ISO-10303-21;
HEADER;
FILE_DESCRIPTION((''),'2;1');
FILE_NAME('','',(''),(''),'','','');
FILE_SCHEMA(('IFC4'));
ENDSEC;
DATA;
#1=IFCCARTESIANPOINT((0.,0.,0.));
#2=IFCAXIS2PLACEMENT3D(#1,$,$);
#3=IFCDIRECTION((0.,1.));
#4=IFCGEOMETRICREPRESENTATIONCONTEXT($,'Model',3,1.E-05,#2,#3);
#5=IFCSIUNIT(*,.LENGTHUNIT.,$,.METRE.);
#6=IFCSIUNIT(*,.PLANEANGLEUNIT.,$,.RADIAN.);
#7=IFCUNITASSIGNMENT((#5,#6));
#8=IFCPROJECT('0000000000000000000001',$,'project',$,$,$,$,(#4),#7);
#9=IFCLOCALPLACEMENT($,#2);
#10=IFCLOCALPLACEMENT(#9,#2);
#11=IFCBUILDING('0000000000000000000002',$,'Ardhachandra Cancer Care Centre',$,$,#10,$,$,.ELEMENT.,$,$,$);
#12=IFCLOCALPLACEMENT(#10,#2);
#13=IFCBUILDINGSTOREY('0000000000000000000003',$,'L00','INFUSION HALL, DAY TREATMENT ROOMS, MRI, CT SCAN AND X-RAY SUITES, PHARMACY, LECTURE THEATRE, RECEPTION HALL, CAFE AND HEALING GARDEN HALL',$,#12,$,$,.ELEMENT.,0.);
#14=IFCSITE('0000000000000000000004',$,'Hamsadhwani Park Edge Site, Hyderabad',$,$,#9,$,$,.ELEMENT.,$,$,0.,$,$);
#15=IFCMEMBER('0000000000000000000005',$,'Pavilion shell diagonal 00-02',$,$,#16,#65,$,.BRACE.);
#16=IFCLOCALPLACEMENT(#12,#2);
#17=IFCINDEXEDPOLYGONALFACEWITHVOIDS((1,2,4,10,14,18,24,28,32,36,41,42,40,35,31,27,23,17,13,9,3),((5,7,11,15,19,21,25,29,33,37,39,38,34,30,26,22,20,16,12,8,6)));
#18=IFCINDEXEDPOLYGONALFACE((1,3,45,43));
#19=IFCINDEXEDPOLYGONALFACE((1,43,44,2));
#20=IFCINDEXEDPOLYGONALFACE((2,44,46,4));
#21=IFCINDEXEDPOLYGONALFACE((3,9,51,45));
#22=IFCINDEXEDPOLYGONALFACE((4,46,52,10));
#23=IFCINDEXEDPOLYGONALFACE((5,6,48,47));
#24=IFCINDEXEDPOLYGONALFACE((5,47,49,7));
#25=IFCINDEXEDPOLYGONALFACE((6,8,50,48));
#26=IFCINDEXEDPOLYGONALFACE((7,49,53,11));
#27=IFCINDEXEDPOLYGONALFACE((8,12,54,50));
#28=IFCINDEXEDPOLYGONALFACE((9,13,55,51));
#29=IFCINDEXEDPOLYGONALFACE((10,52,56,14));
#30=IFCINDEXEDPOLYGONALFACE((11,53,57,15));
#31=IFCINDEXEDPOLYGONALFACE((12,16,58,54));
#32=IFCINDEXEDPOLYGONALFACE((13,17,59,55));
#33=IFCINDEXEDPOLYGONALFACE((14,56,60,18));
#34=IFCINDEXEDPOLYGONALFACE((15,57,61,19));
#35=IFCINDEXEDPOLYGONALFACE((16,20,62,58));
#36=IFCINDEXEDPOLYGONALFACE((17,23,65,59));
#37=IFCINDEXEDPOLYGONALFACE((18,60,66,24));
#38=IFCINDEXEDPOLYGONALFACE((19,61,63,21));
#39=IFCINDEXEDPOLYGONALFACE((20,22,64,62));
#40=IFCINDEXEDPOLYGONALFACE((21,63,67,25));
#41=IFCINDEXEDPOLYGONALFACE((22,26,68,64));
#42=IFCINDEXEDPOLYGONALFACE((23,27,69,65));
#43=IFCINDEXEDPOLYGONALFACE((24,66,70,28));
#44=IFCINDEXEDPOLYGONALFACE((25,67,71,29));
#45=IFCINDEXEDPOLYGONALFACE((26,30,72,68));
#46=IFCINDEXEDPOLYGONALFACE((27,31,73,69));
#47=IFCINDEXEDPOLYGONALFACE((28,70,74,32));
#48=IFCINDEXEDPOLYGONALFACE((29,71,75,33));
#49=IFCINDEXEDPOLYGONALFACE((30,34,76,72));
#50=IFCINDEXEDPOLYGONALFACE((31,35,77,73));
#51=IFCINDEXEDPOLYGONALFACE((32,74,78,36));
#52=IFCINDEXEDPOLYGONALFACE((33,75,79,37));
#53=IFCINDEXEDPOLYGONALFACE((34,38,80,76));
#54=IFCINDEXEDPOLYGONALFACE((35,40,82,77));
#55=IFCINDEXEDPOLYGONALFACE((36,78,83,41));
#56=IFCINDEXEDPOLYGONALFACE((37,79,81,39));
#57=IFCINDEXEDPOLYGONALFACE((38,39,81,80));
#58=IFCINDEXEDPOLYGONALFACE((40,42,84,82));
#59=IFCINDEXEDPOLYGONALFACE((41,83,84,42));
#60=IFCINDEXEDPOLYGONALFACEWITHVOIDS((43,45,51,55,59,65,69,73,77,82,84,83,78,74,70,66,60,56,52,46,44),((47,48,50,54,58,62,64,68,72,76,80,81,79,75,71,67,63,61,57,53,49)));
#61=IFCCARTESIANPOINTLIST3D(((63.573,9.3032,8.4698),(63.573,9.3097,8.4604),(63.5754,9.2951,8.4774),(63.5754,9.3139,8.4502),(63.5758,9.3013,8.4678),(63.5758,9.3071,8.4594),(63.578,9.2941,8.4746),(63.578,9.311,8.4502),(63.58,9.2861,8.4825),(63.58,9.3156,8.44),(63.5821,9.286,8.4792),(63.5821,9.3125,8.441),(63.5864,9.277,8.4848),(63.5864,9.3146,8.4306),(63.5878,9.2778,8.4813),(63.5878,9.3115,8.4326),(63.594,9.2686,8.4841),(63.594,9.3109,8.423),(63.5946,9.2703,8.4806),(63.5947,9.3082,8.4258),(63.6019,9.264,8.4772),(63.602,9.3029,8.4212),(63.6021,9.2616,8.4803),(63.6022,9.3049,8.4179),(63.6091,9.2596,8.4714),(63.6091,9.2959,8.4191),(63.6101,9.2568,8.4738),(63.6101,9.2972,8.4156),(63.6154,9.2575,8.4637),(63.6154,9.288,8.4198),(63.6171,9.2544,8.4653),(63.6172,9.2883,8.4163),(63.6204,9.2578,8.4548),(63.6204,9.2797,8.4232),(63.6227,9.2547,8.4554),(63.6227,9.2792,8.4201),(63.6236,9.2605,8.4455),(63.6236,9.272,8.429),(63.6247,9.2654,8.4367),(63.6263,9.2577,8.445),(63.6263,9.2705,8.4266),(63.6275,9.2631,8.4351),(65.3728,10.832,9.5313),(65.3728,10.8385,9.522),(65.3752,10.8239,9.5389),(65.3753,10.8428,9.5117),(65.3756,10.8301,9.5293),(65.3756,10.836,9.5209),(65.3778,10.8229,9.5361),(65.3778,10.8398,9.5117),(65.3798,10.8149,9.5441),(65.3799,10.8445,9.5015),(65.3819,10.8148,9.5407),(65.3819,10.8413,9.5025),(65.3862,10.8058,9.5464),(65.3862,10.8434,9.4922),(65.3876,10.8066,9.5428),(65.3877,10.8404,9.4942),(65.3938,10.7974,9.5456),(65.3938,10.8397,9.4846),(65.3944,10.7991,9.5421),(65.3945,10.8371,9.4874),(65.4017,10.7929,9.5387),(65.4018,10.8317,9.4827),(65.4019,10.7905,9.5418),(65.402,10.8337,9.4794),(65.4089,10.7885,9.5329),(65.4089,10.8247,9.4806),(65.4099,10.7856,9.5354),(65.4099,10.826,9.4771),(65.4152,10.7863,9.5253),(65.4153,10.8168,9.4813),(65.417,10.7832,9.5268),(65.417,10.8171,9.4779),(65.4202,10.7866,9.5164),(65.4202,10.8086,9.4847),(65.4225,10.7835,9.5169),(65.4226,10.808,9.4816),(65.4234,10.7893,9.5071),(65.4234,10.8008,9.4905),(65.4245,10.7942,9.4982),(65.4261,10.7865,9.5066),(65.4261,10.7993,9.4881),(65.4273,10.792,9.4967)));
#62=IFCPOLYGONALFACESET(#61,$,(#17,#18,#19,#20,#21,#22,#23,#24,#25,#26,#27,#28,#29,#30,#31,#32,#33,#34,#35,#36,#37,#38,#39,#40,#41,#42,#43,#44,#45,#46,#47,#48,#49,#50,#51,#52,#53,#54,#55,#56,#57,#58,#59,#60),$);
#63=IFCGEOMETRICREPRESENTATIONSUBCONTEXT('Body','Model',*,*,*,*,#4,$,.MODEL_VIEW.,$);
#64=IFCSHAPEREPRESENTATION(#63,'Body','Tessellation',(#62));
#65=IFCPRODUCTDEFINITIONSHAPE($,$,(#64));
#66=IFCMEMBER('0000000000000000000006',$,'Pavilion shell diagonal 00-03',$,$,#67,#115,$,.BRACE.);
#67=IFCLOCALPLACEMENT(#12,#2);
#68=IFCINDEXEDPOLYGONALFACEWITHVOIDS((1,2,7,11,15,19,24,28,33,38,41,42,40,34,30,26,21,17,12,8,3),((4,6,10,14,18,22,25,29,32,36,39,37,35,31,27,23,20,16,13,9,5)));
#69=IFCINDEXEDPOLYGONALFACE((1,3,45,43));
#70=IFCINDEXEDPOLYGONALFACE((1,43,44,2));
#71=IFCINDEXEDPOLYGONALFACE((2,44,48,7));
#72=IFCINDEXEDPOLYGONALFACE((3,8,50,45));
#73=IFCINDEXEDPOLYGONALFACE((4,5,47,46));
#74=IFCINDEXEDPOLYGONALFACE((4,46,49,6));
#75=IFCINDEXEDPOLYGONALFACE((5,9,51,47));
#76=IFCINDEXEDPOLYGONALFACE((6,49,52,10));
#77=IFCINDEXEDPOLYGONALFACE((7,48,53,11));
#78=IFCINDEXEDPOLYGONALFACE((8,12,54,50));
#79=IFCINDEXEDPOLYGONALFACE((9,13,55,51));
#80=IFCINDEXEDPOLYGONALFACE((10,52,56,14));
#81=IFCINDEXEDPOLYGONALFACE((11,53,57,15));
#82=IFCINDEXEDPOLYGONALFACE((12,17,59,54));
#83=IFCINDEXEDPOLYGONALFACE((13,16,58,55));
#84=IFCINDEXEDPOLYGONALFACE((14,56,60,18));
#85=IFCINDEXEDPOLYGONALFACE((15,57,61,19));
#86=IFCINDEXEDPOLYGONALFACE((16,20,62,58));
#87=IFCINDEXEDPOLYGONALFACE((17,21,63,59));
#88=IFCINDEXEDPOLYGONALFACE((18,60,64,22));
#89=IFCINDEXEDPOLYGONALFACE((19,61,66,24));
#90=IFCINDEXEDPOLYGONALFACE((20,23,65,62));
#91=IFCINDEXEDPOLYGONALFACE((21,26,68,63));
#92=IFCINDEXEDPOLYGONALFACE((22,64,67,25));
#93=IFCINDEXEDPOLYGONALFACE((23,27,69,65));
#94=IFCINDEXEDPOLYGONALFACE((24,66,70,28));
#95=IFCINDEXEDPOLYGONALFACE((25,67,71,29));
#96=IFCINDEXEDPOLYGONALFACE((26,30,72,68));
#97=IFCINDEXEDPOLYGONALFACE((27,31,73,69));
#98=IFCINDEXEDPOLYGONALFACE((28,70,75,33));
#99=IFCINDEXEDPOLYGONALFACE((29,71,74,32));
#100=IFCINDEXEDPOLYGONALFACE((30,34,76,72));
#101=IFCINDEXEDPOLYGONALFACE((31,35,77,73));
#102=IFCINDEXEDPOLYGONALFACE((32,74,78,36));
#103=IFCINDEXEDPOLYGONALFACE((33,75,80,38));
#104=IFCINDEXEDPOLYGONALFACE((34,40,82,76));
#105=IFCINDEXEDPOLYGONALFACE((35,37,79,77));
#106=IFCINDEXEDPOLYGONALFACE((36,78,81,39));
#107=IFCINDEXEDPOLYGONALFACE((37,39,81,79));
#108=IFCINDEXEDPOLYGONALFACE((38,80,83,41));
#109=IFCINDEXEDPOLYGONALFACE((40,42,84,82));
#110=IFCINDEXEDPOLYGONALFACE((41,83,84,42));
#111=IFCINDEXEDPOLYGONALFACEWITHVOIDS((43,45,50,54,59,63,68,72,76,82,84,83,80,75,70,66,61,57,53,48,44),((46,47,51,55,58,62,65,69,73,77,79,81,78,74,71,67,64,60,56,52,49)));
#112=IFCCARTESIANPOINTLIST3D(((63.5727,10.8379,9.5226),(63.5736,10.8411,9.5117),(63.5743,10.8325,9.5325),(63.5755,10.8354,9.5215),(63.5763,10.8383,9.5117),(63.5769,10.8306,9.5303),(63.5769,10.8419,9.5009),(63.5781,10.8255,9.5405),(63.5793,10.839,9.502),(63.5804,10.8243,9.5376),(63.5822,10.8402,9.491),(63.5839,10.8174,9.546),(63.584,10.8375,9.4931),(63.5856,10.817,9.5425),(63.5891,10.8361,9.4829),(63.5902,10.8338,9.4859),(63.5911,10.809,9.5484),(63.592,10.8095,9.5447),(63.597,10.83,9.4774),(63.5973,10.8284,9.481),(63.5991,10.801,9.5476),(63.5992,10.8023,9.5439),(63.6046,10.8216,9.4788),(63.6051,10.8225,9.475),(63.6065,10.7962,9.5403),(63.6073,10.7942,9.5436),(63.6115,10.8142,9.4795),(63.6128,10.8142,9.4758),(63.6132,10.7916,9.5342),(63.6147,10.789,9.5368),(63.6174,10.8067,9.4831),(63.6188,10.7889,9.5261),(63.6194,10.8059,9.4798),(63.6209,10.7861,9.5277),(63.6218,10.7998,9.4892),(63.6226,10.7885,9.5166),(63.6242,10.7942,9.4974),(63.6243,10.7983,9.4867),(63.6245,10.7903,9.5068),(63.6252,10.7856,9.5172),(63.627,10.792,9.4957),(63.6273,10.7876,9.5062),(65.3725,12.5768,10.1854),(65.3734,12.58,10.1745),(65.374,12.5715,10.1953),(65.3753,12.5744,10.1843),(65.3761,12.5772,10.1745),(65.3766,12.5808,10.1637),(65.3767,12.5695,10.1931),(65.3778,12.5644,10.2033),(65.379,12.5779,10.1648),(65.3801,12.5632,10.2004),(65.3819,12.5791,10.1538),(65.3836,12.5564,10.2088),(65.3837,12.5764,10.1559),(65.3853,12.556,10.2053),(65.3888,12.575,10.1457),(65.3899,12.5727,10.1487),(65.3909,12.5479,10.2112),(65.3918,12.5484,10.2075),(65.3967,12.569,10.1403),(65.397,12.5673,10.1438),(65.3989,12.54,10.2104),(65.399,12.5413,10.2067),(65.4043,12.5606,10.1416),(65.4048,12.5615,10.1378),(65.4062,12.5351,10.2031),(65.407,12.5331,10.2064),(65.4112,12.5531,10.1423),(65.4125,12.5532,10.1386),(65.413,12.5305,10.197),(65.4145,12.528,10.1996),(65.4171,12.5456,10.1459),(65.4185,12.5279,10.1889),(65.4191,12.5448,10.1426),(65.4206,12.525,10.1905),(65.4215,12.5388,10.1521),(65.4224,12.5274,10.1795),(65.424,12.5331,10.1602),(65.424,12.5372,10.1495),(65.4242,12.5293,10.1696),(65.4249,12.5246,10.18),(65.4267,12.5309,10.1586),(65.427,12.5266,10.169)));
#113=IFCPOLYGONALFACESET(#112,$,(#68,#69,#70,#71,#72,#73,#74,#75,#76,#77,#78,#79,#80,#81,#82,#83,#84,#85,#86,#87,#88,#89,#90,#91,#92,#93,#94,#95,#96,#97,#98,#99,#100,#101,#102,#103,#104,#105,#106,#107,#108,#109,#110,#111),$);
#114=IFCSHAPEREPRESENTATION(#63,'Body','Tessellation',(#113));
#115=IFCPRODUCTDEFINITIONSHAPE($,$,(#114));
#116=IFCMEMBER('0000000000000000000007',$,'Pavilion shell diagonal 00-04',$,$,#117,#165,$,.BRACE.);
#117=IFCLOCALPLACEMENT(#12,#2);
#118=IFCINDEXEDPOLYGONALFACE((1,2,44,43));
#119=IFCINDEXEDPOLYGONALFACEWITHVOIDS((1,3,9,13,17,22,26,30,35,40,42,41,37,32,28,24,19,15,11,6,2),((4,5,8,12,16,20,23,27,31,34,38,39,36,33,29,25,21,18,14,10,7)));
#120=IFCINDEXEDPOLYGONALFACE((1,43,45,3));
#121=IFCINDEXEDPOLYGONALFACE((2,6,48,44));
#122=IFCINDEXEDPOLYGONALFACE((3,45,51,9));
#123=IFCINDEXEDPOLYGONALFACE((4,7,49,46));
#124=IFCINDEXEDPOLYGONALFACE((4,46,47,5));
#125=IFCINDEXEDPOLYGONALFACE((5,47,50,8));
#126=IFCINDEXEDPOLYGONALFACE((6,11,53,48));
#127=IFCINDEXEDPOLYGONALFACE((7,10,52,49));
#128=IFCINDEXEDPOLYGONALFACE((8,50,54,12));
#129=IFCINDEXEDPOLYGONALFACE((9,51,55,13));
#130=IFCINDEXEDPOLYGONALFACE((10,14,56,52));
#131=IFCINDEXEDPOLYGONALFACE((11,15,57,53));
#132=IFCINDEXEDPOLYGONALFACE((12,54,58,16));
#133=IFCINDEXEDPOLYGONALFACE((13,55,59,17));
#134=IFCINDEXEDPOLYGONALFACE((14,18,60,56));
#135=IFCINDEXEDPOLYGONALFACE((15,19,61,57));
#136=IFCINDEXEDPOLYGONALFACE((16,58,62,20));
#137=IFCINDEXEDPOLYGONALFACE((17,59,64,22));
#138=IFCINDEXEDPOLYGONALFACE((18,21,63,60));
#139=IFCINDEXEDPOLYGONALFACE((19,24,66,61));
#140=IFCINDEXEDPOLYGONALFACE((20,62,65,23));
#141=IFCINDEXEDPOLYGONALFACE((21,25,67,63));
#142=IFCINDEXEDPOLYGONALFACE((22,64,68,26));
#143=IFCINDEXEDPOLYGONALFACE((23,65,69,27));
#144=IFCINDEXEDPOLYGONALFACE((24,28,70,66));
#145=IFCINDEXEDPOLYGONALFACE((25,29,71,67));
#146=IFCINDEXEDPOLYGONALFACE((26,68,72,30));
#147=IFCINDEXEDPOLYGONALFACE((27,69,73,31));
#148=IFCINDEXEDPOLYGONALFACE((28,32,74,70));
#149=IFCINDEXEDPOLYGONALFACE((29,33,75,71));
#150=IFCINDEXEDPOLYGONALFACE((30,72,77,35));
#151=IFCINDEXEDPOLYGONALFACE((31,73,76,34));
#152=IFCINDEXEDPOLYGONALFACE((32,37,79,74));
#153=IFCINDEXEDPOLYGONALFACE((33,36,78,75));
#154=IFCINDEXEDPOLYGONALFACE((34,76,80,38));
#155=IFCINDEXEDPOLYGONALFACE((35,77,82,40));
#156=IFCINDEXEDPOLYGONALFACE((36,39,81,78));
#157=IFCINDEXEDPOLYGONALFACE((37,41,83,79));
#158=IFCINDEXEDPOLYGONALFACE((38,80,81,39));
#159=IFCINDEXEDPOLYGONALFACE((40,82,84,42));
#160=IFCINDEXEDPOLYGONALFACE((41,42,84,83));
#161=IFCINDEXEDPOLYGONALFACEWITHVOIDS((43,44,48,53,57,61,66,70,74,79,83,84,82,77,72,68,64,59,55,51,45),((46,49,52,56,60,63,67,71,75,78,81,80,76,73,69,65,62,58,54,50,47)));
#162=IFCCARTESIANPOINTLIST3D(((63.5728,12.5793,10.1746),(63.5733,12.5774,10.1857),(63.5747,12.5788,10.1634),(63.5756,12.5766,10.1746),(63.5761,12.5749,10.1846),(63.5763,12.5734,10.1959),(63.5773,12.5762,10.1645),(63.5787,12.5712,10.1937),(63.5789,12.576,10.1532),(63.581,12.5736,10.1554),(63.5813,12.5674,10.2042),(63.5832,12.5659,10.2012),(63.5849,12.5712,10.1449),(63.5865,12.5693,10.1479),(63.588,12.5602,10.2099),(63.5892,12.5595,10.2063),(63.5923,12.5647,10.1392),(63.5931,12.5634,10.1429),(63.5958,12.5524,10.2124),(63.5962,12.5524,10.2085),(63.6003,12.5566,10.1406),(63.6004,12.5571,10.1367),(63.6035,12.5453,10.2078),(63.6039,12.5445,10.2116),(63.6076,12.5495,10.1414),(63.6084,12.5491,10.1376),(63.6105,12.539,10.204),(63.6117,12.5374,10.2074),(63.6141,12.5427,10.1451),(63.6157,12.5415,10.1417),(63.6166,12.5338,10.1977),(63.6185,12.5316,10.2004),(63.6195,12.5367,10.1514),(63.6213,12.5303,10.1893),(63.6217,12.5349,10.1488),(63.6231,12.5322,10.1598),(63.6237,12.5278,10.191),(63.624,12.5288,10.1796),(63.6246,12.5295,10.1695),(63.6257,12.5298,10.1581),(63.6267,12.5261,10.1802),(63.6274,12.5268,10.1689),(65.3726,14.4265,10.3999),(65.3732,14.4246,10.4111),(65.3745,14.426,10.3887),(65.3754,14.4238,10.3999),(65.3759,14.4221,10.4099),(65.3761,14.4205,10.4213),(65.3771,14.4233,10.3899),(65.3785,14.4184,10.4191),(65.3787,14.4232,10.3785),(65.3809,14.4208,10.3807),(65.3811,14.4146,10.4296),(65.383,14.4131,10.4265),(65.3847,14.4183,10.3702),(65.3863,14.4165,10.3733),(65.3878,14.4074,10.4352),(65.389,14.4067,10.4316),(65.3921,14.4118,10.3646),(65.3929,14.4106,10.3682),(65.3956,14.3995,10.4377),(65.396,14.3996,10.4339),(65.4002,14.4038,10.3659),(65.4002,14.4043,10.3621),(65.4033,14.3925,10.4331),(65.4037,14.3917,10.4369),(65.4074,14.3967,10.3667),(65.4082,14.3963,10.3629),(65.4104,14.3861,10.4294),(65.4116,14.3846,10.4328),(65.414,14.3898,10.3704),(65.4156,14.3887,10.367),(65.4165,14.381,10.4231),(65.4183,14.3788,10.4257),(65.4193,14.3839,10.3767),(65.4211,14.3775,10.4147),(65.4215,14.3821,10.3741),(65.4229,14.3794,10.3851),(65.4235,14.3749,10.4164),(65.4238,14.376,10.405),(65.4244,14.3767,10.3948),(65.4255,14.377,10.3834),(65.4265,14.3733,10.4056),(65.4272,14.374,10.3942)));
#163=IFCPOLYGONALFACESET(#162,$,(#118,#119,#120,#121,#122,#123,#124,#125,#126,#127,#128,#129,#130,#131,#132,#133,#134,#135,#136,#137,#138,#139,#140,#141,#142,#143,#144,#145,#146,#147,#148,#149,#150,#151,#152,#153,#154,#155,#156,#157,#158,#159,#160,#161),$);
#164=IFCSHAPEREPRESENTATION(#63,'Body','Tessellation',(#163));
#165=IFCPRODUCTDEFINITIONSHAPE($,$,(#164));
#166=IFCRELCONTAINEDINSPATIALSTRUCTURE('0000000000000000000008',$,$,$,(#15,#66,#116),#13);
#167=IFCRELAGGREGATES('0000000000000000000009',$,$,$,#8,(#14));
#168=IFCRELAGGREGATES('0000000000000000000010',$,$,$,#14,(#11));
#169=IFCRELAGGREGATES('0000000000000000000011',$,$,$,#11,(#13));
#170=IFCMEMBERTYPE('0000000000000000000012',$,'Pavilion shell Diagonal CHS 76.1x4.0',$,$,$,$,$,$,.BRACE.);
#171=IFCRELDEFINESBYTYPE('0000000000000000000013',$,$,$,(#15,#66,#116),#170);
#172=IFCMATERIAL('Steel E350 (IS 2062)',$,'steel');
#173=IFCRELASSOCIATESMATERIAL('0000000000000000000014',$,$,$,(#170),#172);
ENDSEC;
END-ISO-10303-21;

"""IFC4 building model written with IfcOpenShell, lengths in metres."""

from ifc_helpers import new_model, si_unit, direction, frame, origin, origin_2d, place, context, subcontext, project, spatial, hollow_circle, extrude, material, material_profile, profile_set, type_object, element, save


model = new_model("IFC4")

# Units and contexts
model_context = context("Model", 3, precision=1e-05, world=origin(), true_north=direction((0.0, 1.0)))
body_context = subcontext(model_context, "Body", "Model", "MODEL_VIEW")
ifc_project = project(units=[si_unit("LENGTHUNIT", "METRE"), si_unit("PLANEANGLEUNIT", "RADIAN")], contexts=[model_context])

# Site, building, storey
site_placement = place(None, origin())
site = spatial("IfcSite", under=ifc_project, at=site_placement, Name="Hamsadhwani Park Edge Site, Hyderabad", CompositionType="ELEMENT", RefElevation=0.0)
building_placement = place(site_placement, origin())
building = spatial("IfcBuilding", under=site, at=building_placement, Name="Ardhachandra Cancer Care Centre", CompositionType="ELEMENT")
storey_placement = place(building_placement, origin())
storey = spatial("IfcBuildingStorey", under=building, at=storey_placement, Name="L00", Description="INFUSION HALL, DAY TREATMENT ROOMS, MRI, CT SCAN AND X-RAY SUITES, PHARMACY, LECTURE THEATRE, RECEPTION HALL, CAFE AND HEALING GARDEN HALL", CompositionType="ELEMENT", Elevation=0.0)

# Members
ifc_material_1 = material(Name="Steel E350 (IS 2062)", Category="steel")
ifc_material_profile_1 = material_profile(ifc_material_1, hollow_circle(Radius=0.0381, WallThickness=0.0039, at=origin_2d()), Name="CHS 76.1x4.0")
ifc_profile_set_1 = profile_set([ifc_material_profile_1], Name="Steel E350 (IS 2062)")
member_type_1 = type_object("IfcMemberType", Name="Pavilion shell Diagonal CHS 76.1x4.0", PredefinedType="BRACE", material=ifc_profile_set_1)
member_1_placement = place(storey_placement, frame((63.6001, 9.2849, 8.4502), z_axis=(0.69515, 0.590481, 0.409999), x_axis=(-0.647396, 0.762154, 0.0)))
element("IfcMember", 1, at=member_1_placement, inside=storey, type_object=member_type_1, Name="Pavilion shell diagonal 00-02", PredefinedType="BRACE", context=body_context, shape_type="SweptSolid", body=[
    extrude(hollow_circle(Radius=0.0381, WallThickness=0.0039, at=origin_2d()), origin(), (0.0, 0.0, 1.0), 2.5891),
])
for number, where, z_axis, x_axis, name in (
    (2, (63.6001, 10.8137, 9.5117), (0.695179, 0.671698, 0.256024), (-0.694857, 0.719148, 0.0), "Pavilion shell diagonal 00-03"),
    (3, (63.6001, 12.5527, 10.1746), (0.695216, 0.713511, 0.087043), (-0.71623, 0.697865, 0.0), "Pavilion shell diagonal 00-04"),
):
    element("IfcMember", number, at=place(storey_placement, frame(where, z_axis=z_axis, x_axis=x_axis)), inside=storey, type_object=member_type_1, Name=name, PredefinedType="BRACE", context=body_context, shape_type="SweptSolid", body=[
        extrude(hollow_circle(Radius=0.0381, WallThickness=0.0039, at=origin_2d()), origin(), (0.0, 0.0, 1.0), 2.5889),
    ])

save(model, "model.ifc")
